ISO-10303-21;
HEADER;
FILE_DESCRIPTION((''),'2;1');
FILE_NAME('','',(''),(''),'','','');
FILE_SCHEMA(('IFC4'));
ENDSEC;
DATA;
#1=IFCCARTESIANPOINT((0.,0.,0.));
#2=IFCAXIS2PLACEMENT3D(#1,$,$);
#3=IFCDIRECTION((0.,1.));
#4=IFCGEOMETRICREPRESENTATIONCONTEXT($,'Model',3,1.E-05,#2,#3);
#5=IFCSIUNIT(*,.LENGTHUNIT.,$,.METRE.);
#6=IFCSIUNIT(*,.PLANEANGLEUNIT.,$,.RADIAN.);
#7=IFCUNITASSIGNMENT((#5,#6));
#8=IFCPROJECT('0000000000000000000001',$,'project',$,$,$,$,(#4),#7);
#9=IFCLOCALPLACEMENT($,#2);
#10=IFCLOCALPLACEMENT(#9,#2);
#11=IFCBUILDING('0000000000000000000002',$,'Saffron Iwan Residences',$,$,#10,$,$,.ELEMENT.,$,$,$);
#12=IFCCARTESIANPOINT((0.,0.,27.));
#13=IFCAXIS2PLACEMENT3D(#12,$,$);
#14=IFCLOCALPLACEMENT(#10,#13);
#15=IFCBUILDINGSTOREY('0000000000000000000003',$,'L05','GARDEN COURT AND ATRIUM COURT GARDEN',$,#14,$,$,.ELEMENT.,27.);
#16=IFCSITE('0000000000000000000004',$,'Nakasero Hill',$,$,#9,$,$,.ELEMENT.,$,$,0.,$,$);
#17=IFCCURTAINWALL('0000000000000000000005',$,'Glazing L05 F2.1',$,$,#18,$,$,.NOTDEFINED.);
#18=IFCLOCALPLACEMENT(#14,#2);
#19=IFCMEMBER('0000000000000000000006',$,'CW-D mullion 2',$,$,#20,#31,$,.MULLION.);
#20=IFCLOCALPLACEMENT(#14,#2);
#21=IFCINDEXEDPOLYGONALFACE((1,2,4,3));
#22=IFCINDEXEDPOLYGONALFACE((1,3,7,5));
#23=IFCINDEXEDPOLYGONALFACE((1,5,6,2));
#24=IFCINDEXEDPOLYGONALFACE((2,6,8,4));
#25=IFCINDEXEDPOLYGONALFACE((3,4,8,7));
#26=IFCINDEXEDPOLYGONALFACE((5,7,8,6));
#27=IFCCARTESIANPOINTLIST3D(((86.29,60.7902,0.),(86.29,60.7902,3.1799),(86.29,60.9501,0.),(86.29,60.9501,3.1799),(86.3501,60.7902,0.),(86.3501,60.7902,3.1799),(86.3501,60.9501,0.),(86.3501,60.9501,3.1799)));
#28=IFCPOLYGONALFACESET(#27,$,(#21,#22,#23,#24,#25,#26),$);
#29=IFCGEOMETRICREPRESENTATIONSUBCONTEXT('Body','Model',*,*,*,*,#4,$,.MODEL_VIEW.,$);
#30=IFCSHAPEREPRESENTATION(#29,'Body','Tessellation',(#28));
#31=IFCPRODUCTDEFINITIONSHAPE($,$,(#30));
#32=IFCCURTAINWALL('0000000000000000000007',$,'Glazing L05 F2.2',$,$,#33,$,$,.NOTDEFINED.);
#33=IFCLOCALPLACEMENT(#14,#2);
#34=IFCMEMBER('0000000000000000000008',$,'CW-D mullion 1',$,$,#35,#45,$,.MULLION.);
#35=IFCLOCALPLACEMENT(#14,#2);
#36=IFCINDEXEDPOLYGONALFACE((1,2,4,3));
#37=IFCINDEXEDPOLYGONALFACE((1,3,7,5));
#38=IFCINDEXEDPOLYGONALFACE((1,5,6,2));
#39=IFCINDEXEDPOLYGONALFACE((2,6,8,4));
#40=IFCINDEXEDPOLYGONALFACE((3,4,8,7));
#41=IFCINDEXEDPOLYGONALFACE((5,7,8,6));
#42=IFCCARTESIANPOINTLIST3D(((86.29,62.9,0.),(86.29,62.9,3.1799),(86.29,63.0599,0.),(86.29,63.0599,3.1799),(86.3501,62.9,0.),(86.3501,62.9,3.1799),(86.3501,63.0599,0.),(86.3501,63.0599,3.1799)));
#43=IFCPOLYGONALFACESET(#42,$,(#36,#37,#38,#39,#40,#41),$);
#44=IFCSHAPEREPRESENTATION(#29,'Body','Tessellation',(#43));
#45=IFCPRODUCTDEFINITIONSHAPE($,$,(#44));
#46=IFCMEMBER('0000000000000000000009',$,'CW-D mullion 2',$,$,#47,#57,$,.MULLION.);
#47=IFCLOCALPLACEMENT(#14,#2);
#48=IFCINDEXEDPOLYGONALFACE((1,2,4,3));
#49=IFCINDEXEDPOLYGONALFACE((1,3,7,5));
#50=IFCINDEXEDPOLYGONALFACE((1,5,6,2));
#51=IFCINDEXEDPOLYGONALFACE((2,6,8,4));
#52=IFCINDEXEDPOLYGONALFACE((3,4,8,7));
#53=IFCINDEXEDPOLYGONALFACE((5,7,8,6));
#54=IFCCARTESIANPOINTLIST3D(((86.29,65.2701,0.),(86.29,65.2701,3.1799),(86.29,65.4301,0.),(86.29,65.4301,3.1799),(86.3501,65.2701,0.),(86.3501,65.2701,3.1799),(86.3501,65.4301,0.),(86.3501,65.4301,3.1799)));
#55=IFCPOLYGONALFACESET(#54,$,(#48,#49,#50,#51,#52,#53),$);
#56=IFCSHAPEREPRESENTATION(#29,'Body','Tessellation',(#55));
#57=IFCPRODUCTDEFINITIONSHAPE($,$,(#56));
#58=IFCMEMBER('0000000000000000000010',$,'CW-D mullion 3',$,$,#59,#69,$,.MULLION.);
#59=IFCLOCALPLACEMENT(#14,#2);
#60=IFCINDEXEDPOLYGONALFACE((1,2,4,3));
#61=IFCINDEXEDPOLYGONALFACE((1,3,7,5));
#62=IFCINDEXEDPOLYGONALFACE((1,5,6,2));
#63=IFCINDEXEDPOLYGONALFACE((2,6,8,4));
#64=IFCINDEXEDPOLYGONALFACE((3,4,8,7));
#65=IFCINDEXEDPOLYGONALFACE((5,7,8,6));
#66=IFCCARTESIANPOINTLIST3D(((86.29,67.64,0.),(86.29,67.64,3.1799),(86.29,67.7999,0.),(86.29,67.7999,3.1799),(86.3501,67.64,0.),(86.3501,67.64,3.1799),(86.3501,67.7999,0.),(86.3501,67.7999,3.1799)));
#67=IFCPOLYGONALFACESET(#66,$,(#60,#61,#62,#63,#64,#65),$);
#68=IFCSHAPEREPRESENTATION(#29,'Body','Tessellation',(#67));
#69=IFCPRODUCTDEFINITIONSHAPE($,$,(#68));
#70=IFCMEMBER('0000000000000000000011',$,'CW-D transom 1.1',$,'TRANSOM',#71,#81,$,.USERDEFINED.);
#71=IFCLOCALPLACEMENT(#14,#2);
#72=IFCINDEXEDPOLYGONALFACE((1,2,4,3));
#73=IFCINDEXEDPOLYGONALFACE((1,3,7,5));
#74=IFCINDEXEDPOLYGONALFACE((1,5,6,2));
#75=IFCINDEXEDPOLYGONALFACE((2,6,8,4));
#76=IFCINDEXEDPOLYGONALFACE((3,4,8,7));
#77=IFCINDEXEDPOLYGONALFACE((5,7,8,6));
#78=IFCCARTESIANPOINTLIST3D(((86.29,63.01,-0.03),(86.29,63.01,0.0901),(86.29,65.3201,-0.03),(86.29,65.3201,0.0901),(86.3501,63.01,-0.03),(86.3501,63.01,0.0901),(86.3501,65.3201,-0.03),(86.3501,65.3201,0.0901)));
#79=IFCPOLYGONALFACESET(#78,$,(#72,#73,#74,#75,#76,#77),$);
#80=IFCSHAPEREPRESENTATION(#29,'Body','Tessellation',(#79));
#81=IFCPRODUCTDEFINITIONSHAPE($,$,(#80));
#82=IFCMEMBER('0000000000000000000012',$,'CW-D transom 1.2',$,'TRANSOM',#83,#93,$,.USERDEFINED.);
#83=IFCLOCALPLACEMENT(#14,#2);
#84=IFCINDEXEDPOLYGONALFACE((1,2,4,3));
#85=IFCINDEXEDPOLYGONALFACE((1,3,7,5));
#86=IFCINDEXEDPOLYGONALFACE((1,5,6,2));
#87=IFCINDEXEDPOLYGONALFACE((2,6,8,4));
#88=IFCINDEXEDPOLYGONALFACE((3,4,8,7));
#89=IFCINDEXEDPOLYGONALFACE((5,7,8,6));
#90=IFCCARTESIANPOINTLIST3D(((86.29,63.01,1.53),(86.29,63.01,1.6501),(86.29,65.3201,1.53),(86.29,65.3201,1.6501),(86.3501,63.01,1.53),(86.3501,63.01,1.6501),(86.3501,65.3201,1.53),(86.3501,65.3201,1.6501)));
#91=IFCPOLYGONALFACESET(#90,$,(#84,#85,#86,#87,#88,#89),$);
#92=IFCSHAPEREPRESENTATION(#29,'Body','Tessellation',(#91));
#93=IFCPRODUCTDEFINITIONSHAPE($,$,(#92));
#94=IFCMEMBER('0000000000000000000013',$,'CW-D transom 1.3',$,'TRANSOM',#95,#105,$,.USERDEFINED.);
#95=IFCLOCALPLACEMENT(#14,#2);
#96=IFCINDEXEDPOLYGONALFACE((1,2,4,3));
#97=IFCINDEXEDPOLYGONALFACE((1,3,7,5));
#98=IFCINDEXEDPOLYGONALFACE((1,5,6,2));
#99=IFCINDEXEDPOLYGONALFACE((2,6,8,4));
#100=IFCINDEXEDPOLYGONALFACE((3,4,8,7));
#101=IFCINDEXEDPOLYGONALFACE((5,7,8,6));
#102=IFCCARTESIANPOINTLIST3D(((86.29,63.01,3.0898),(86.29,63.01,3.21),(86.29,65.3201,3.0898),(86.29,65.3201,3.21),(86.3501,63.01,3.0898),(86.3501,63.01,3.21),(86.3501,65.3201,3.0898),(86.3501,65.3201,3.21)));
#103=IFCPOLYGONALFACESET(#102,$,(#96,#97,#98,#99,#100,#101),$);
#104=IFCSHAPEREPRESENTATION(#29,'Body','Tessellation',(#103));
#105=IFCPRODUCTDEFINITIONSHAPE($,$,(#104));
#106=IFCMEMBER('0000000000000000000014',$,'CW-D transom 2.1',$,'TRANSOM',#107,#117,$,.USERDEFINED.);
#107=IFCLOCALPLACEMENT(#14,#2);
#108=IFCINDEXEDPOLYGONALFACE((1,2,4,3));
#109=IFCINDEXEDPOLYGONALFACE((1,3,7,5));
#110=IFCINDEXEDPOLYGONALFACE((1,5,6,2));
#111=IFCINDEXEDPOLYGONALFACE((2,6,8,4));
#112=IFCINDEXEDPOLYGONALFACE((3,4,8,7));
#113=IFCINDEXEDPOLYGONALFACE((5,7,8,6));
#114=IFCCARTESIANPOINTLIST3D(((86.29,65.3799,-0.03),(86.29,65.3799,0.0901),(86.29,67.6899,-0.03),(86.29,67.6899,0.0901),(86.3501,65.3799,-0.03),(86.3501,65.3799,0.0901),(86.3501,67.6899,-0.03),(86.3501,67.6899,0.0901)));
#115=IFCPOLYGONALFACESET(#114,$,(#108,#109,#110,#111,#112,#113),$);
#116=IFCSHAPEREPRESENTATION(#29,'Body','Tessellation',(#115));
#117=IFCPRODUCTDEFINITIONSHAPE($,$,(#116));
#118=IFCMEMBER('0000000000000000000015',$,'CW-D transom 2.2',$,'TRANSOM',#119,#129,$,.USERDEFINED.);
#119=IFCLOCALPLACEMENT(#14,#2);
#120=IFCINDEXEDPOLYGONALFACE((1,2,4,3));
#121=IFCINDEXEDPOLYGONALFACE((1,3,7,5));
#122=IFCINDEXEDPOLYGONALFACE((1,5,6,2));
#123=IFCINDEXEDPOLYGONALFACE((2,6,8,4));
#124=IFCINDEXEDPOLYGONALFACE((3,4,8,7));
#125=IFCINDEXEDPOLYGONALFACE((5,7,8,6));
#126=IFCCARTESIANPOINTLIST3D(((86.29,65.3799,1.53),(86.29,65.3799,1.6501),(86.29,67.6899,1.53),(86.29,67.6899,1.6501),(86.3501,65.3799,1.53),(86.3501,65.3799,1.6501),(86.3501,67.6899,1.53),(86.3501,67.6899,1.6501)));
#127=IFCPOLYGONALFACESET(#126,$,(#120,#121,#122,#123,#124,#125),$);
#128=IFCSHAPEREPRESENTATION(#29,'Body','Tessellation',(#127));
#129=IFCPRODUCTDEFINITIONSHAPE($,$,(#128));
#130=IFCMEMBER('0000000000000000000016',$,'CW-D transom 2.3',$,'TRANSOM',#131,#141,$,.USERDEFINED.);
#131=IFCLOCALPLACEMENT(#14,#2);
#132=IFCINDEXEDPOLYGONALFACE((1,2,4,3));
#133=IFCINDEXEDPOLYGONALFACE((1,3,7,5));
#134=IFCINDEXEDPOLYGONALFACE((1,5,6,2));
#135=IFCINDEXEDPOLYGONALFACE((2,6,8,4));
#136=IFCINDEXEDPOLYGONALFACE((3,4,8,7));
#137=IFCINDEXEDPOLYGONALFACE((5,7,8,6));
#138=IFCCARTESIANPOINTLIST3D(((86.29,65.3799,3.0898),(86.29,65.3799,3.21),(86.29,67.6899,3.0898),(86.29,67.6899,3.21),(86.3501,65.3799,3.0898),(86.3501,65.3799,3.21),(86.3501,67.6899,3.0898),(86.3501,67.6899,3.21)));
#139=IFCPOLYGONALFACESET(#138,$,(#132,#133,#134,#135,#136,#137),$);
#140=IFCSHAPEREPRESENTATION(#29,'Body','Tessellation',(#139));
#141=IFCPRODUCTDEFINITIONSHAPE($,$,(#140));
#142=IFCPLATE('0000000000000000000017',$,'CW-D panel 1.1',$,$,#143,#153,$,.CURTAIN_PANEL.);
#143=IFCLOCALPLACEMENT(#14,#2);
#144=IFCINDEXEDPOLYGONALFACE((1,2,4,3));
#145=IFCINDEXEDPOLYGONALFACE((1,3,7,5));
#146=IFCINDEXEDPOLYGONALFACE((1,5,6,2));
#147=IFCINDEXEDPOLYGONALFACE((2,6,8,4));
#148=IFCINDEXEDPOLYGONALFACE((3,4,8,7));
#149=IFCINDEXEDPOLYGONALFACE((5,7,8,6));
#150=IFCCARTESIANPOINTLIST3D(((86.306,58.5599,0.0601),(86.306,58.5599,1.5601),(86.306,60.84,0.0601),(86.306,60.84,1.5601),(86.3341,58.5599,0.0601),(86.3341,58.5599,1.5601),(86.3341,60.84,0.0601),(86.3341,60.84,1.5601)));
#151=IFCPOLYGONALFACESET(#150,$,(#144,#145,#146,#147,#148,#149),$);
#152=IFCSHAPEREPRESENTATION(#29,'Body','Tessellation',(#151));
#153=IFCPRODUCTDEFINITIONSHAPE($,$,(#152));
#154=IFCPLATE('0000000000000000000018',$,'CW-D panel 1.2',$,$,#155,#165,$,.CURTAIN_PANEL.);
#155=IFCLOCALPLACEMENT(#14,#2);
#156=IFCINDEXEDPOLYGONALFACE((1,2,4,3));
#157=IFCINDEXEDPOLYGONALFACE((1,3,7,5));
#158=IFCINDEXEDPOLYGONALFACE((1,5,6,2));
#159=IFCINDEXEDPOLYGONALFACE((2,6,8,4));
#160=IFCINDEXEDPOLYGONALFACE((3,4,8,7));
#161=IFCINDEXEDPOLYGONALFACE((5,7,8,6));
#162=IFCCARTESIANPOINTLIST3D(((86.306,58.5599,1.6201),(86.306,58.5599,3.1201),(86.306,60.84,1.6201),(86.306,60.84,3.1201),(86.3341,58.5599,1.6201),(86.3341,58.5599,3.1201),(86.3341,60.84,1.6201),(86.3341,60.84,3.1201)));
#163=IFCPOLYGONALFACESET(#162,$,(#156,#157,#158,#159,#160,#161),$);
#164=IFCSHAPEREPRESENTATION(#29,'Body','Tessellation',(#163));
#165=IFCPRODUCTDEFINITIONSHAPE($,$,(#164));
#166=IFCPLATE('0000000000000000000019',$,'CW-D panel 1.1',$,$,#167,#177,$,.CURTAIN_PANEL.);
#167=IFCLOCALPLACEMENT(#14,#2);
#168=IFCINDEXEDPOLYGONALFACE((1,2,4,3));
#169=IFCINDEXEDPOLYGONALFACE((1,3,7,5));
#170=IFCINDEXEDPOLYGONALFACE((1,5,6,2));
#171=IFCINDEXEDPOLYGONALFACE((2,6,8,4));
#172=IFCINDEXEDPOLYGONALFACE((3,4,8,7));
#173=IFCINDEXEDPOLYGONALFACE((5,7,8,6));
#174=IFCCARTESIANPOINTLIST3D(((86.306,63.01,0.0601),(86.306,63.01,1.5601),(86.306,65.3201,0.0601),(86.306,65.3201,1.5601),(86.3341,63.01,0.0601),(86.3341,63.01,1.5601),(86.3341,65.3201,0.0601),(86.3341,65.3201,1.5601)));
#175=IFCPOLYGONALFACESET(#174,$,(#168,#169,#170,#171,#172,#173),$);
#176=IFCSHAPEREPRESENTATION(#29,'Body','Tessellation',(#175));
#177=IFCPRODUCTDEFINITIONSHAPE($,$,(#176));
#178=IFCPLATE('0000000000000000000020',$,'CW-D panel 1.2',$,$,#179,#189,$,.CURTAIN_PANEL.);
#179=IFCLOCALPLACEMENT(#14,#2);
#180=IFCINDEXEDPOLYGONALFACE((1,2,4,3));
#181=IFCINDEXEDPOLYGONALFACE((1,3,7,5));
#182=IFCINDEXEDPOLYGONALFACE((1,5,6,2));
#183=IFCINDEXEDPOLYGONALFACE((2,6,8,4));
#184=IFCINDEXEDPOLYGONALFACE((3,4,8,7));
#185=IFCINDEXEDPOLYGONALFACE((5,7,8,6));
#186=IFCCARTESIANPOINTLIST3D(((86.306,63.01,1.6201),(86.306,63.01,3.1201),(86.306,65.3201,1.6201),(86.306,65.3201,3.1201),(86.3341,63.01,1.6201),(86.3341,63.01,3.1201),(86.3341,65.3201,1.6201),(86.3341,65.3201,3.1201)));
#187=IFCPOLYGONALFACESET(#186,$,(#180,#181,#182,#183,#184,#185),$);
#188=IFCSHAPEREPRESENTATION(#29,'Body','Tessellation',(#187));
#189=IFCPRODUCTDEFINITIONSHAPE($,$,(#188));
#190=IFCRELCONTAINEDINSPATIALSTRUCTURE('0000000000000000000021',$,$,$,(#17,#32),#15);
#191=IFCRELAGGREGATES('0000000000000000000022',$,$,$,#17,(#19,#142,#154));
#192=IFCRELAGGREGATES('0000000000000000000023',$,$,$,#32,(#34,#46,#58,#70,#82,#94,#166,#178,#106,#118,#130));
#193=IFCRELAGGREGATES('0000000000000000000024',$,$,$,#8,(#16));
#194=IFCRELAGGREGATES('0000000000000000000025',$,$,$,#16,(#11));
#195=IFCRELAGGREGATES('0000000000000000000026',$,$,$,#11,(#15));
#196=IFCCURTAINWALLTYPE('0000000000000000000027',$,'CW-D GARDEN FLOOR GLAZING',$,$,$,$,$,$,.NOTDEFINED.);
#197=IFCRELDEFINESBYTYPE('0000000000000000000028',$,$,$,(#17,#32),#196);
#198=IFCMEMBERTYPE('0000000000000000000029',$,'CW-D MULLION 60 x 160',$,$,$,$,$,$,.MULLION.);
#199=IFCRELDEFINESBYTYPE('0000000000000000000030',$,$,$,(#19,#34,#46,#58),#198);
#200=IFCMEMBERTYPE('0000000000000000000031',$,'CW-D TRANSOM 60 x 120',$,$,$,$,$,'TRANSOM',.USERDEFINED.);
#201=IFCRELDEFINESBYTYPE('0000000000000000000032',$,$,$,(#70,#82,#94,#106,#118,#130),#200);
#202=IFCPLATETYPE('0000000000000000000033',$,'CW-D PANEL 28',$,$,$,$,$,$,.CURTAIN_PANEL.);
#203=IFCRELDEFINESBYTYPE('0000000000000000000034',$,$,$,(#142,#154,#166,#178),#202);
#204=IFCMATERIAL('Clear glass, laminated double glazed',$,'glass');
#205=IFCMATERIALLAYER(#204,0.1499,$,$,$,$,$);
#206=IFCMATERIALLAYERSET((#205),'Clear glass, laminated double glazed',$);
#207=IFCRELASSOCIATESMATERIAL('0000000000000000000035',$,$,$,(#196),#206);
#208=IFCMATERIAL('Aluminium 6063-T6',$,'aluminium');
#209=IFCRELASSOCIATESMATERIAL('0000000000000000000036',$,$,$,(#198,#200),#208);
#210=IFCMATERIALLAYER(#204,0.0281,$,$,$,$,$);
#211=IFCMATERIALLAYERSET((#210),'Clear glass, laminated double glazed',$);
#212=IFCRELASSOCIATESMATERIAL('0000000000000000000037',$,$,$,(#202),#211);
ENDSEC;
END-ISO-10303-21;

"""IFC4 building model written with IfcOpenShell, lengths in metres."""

from ifc_helpers import new_model, si_unit, direction, frame, origin, origin_2d, place, context, subcontext, project, spatial, rectangle, extrude, source, transform, mapped, material, layer, layer_set, material_profile, profile_set, type_object, element, aggregate, save


model = new_model("IFC4")

# Units and contexts
model_context = context("Model", 3, precision=1e-05, world=origin(), true_north=direction((0.0, 1.0)))
body_context = subcontext(model_context, "Body", "Model", "MODEL_VIEW")
ifc_project = project(units=[si_unit("LENGTHUNIT", "METRE"), si_unit("PLANEANGLEUNIT", "RADIAN")], contexts=[model_context])

# Site, building, storey
site_placement = place(None, origin())
site = spatial("IfcSite", under=ifc_project, at=site_placement, Name="Nakasero Hill", CompositionType="ELEMENT", RefElevation=0.0)
building_placement = place(site_placement, origin())
building = spatial("IfcBuilding", under=site, at=building_placement, Name="Saffron Iwan Residences", CompositionType="ELEMENT")
storey_placement = place(building_placement, frame((0.0, 0.0, 27.0)))
storey = spatial("IfcBuildingStorey", under=building, at=storey_placement, Name="L05", Description="GARDEN COURT AND ATRIUM COURT GARDEN", CompositionType="ELEMENT", Elevation=27.0)

# Curtain wall, member
ifc_material_1 = material(Name="Clear glass, laminated double glazed", Category="glass")
ifc_layer_1 = layer(ifc_material_1, 0.1499)
ifc_layer_set_1 = layer_set([ifc_layer_1], Name="Clear glass, laminated double glazed")
curtain_wall_type = type_object("IfcCurtainWallType", Name="CW-D GARDEN FLOOR GLAZING", PredefinedType="NOTDEFINED", material=ifc_layer_set_1)
curtain_wall_1_placement = place(storey_placement, origin())
curtain_wall_1 = element("IfcCurtainWall", 1, at=curtain_wall_1_placement, inside=storey, type_object=curtain_wall_type, Name="Glazing L05 F2.1", PredefinedType="NOTDEFINED")
ifc_material_2 = material(Name="Aluminium 6063-T6", Category="aluminium")
ifc_material_profile_1 = material_profile(ifc_material_2, rectangle(XDim=0.0601, YDim=0.1599, at=origin_2d()), Name="CW-D MULLION 60 x 160")
ifc_profile_set_1 = profile_set([ifc_material_profile_1], Name="Aluminium 6063-T6")
member_type_1 = type_object("IfcMemberType", Name="CW-D MULLION 60 x 160", PredefinedType="MULLION", material=ifc_profile_set_1)
shared_shape_1 = source(origin(), body_context, "Body", "SweptSolid", [
    extrude(rectangle(XDim=0.0601, YDim=0.1599, at=origin_2d()), origin(), (0.0, 0.0, 1.0), 3.1799),
])
member_1_placement = place(storey_placement, frame((86.3201, 60.8701, 0.0), z_axis=(0.0, 0.0, 1.0), x_axis=(-1.0, 0.0, 0.0)))
member_1 = element("IfcMember", 2, at=member_1_placement, type_object=member_type_1, Name="CW-D mullion 2", PredefinedType="MULLION", context=body_context, shape_type="MappedRepresentation", body=[
    mapped(shared_shape_1, transform((0.0, 0.0, 0.0))),
])

# Curtain wall, members
curtain_wall_2_placement = place(storey_placement, origin())
curtain_wall_2 = element("IfcCurtainWall", 3, at=curtain_wall_2_placement, inside=storey, type_object=curtain_wall_type, Name="Glazing L05 F2.2", PredefinedType="NOTDEFINED")
member_2_placement = place(storey_placement, frame((86.3201, 62.98, 0.0), z_axis=(0.0, 0.0, 1.0), x_axis=(-1.0, 0.0, 0.0)))
member_2 = element("IfcMember", 4, at=member_2_placement, type_object=member_type_1, Name="CW-D mullion 1", PredefinedType="MULLION", context=body_context, shape_type="MappedRepresentation", body=[
    mapped(shared_shape_1, transform((0.0, 0.0, 0.0))),
])
member_3_placement = place(storey_placement, frame((86.3201, 65.3501, 0.0), z_axis=(0.0, 0.0, 1.0), x_axis=(-1.0, 0.0, 0.0)))
member_3 = element("IfcMember", 5, at=member_3_placement, type_object=member_type_1, Name="CW-D mullion 2", PredefinedType="MULLION", context=body_context, shape_type="MappedRepresentation", body=[
    mapped(shared_shape_1, transform((0.0, 0.0, 0.0))),
])
member_4_placement = place(storey_placement, frame((86.3201, 67.72, 0.0), z_axis=(0.0, 0.0, 1.0), x_axis=(-1.0, 0.0, 0.0)))
member_4 = element("IfcMember", 6, at=member_4_placement, type_object=member_type_1, Name="CW-D mullion 3", PredefinedType="MULLION", context=body_context, shape_type="MappedRepresentation", body=[
    mapped(shared_shape_1, transform((0.0, 0.0, 0.0))),
])
ifc_material_profile_2 = material_profile(ifc_material_2, rectangle(XDim=0.0601, YDim=0.1201, at=origin_2d()), Name="CW-D TRANSOM 60 x 120")
ifc_profile_set_2 = profile_set([ifc_material_profile_2], Name="Aluminium 6063-T6")
member_type_2 = type_object("IfcMemberType", Name="CW-D TRANSOM 60 x 120", ElementType="TRANSOM", PredefinedType="USERDEFINED", material=ifc_profile_set_2)
shared_shape_2 = source(origin(), body_context, "Body", "SweptSolid", [
    extrude(rectangle(XDim=0.0601, YDim=0.1201, at=origin_2d()), origin(), (0.0, 0.0, 1.0), 2.3101),
])
member_5_placement = place(storey_placement, frame((86.3201, 63.01, 0.03), z_axis=(0.0, 1.0, 0.0), x_axis=(-1.0, 0.0, 0.0)))
member_5 = element("IfcMember", 7, at=member_5_placement, type_object=member_type_2, Name="CW-D transom 1.1", ObjectType="TRANSOM", PredefinedType="USERDEFINED", context=body_context, shape_type="MappedRepresentation", body=[
    mapped(shared_shape_2, transform((0.0, 0.0, 0.0))),
])
member_6_placement = place(storey_placement, frame((86.3201, 63.01, 1.5901), z_axis=(0.0, 1.0, 0.0), x_axis=(-1.0, 0.0, 0.0)))
member_6 = element("IfcMember", 8, at=member_6_placement, type_object=member_type_2, Name="CW-D transom 1.2", ObjectType="TRANSOM", PredefinedType="USERDEFINED", context=body_context, shape_type="MappedRepresentation", body=[
    mapped(shared_shape_2, transform((0.0, 0.0, 0.0))),
])
member_7_placement = place(storey_placement, frame((86.3201, 63.01, 3.1499), z_axis=(0.0, 1.0, 0.0), x_axis=(-1.0, 0.0, 0.0)))
member_7 = element("IfcMember", 9, at=member_7_placement, type_object=member_type_2, Name="CW-D transom 1.3", ObjectType="TRANSOM", PredefinedType="USERDEFINED", context=body_context, shape_type="MappedRepresentation", body=[
    mapped(shared_shape_2, transform((0.0, 0.0, 0.0))),
])
member_8_placement = place(storey_placement, frame((86.3201, 65.3799, 0.03), z_axis=(0.0, 1.0, 0.0), x_axis=(-1.0, 0.0, 0.0)))
member_8 = element("IfcMember", 10, at=member_8_placement, type_object=member_type_2, Name="CW-D transom 2.1", ObjectType="TRANSOM", PredefinedType="USERDEFINED", context=body_context, shape_type="MappedRepresentation", body=[
    mapped(shared_shape_2, transform((0.0, 0.0, 0.0))),
])
member_9_placement = place(storey_placement, frame((86.3201, 65.3799, 1.5901), z_axis=(0.0, 1.0, 0.0), x_axis=(-1.0, 0.0, 0.0)))
member_9 = element("IfcMember", 11, at=member_9_placement, type_object=member_type_2, Name="CW-D transom 2.2", ObjectType="TRANSOM", PredefinedType="USERDEFINED", context=body_context, shape_type="MappedRepresentation", body=[
    mapped(shared_shape_2, transform((0.0, 0.0, 0.0))),
])
member_10_placement = place(storey_placement, frame((86.3201, 65.3799, 3.1499), z_axis=(0.0, 1.0, 0.0), x_axis=(-1.0, 0.0, 0.0)))
member_10 = element("IfcMember", 12, at=member_10_placement, type_object=member_type_2, Name="CW-D transom 2.3", ObjectType="TRANSOM", PredefinedType="USERDEFINED", context=body_context, shape_type="MappedRepresentation", body=[
    mapped(shared_shape_2, transform((0.0, 0.0, 0.0))),
])

# Plates
ifc_layer_2 = layer(ifc_material_1, 0.0281)
ifc_layer_set_2 = layer_set([ifc_layer_2], Name="Clear glass, laminated double glazed")
plate_type = type_object("IfcPlateType", Name="CW-D PANEL 28", PredefinedType="CURTAIN_PANEL", material=ifc_layer_set_2)
shared_shape_3 = source(origin(), body_context, "Body", "SweptSolid", [
    extrude(rectangle(XDim=2.28, YDim=0.0281, at=origin_2d()), origin(), (0.0, 0.0, 1.0), 1.5),
])
plate_1_placement = place(storey_placement, frame((86.3201, 59.7, 0.0601), z_axis=(0.0, 0.0, 1.0), x_axis=(0.0, 1.0, 0.0)))
plate_1 = element("IfcPlate", 13, at=plate_1_placement, type_object=plate_type, Name="CW-D panel 1.1", PredefinedType="CURTAIN_PANEL", context=body_context, shape_type="MappedRepresentation", body=[
    mapped(shared_shape_3, transform((0.0, 0.0, 0.0))),
])
plate_2_placement = place(storey_placement, frame((86.3201, 59.7, 1.6201), z_axis=(0.0, 0.0, 1.0), x_axis=(0.0, 1.0, 0.0)))
plate_2 = element("IfcPlate", 14, at=plate_2_placement, type_object=plate_type, Name="CW-D panel 1.2", PredefinedType="CURTAIN_PANEL", context=body_context, shape_type="MappedRepresentation", body=[
    mapped(shared_shape_3, transform((0.0, 0.0, 0.0))),
])
aggregate(curtain_wall_1, [member_1, plate_1, plate_2])
shared_shape_4 = source(origin(), body_context, "Body", "SweptSolid", [
    extrude(rectangle(XDim=2.3101, YDim=0.0281, at=origin_2d()), origin(), (0.0, 0.0, 1.0), 1.5),
])
plate_3_placement = place(storey_placement, frame((86.3201, 64.165, 0.0601), z_axis=(0.0, 0.0, 1.0), x_axis=(0.0, 1.0, 0.0)))
plate_3 = element("IfcPlate", 15, at=plate_3_placement, type_object=plate_type, Name="CW-D panel 1.1", PredefinedType="CURTAIN_PANEL", context=body_context, shape_type="MappedRepresentation", body=[
    mapped(shared_shape_4, transform((0.0, 0.0, 0.0))),
])
plate_4_placement = place(storey_placement, frame((86.3201, 64.165, 1.6201), z_axis=(0.0, 0.0, 1.0), x_axis=(0.0, 1.0, 0.0)))
plate_4 = element("IfcPlate", 16, at=plate_4_placement, type_object=plate_type, Name="CW-D panel 1.2", PredefinedType="CURTAIN_PANEL", context=body_context, shape_type="MappedRepresentation", body=[
    mapped(shared_shape_4, transform((0.0, 0.0, 0.0))),
])
aggregate(curtain_wall_2, [member_2, member_3, member_4, member_5, member_6, member_7, plate_3, plate_4, member_8, member_9, member_10])

save(model, "model.ifc")
